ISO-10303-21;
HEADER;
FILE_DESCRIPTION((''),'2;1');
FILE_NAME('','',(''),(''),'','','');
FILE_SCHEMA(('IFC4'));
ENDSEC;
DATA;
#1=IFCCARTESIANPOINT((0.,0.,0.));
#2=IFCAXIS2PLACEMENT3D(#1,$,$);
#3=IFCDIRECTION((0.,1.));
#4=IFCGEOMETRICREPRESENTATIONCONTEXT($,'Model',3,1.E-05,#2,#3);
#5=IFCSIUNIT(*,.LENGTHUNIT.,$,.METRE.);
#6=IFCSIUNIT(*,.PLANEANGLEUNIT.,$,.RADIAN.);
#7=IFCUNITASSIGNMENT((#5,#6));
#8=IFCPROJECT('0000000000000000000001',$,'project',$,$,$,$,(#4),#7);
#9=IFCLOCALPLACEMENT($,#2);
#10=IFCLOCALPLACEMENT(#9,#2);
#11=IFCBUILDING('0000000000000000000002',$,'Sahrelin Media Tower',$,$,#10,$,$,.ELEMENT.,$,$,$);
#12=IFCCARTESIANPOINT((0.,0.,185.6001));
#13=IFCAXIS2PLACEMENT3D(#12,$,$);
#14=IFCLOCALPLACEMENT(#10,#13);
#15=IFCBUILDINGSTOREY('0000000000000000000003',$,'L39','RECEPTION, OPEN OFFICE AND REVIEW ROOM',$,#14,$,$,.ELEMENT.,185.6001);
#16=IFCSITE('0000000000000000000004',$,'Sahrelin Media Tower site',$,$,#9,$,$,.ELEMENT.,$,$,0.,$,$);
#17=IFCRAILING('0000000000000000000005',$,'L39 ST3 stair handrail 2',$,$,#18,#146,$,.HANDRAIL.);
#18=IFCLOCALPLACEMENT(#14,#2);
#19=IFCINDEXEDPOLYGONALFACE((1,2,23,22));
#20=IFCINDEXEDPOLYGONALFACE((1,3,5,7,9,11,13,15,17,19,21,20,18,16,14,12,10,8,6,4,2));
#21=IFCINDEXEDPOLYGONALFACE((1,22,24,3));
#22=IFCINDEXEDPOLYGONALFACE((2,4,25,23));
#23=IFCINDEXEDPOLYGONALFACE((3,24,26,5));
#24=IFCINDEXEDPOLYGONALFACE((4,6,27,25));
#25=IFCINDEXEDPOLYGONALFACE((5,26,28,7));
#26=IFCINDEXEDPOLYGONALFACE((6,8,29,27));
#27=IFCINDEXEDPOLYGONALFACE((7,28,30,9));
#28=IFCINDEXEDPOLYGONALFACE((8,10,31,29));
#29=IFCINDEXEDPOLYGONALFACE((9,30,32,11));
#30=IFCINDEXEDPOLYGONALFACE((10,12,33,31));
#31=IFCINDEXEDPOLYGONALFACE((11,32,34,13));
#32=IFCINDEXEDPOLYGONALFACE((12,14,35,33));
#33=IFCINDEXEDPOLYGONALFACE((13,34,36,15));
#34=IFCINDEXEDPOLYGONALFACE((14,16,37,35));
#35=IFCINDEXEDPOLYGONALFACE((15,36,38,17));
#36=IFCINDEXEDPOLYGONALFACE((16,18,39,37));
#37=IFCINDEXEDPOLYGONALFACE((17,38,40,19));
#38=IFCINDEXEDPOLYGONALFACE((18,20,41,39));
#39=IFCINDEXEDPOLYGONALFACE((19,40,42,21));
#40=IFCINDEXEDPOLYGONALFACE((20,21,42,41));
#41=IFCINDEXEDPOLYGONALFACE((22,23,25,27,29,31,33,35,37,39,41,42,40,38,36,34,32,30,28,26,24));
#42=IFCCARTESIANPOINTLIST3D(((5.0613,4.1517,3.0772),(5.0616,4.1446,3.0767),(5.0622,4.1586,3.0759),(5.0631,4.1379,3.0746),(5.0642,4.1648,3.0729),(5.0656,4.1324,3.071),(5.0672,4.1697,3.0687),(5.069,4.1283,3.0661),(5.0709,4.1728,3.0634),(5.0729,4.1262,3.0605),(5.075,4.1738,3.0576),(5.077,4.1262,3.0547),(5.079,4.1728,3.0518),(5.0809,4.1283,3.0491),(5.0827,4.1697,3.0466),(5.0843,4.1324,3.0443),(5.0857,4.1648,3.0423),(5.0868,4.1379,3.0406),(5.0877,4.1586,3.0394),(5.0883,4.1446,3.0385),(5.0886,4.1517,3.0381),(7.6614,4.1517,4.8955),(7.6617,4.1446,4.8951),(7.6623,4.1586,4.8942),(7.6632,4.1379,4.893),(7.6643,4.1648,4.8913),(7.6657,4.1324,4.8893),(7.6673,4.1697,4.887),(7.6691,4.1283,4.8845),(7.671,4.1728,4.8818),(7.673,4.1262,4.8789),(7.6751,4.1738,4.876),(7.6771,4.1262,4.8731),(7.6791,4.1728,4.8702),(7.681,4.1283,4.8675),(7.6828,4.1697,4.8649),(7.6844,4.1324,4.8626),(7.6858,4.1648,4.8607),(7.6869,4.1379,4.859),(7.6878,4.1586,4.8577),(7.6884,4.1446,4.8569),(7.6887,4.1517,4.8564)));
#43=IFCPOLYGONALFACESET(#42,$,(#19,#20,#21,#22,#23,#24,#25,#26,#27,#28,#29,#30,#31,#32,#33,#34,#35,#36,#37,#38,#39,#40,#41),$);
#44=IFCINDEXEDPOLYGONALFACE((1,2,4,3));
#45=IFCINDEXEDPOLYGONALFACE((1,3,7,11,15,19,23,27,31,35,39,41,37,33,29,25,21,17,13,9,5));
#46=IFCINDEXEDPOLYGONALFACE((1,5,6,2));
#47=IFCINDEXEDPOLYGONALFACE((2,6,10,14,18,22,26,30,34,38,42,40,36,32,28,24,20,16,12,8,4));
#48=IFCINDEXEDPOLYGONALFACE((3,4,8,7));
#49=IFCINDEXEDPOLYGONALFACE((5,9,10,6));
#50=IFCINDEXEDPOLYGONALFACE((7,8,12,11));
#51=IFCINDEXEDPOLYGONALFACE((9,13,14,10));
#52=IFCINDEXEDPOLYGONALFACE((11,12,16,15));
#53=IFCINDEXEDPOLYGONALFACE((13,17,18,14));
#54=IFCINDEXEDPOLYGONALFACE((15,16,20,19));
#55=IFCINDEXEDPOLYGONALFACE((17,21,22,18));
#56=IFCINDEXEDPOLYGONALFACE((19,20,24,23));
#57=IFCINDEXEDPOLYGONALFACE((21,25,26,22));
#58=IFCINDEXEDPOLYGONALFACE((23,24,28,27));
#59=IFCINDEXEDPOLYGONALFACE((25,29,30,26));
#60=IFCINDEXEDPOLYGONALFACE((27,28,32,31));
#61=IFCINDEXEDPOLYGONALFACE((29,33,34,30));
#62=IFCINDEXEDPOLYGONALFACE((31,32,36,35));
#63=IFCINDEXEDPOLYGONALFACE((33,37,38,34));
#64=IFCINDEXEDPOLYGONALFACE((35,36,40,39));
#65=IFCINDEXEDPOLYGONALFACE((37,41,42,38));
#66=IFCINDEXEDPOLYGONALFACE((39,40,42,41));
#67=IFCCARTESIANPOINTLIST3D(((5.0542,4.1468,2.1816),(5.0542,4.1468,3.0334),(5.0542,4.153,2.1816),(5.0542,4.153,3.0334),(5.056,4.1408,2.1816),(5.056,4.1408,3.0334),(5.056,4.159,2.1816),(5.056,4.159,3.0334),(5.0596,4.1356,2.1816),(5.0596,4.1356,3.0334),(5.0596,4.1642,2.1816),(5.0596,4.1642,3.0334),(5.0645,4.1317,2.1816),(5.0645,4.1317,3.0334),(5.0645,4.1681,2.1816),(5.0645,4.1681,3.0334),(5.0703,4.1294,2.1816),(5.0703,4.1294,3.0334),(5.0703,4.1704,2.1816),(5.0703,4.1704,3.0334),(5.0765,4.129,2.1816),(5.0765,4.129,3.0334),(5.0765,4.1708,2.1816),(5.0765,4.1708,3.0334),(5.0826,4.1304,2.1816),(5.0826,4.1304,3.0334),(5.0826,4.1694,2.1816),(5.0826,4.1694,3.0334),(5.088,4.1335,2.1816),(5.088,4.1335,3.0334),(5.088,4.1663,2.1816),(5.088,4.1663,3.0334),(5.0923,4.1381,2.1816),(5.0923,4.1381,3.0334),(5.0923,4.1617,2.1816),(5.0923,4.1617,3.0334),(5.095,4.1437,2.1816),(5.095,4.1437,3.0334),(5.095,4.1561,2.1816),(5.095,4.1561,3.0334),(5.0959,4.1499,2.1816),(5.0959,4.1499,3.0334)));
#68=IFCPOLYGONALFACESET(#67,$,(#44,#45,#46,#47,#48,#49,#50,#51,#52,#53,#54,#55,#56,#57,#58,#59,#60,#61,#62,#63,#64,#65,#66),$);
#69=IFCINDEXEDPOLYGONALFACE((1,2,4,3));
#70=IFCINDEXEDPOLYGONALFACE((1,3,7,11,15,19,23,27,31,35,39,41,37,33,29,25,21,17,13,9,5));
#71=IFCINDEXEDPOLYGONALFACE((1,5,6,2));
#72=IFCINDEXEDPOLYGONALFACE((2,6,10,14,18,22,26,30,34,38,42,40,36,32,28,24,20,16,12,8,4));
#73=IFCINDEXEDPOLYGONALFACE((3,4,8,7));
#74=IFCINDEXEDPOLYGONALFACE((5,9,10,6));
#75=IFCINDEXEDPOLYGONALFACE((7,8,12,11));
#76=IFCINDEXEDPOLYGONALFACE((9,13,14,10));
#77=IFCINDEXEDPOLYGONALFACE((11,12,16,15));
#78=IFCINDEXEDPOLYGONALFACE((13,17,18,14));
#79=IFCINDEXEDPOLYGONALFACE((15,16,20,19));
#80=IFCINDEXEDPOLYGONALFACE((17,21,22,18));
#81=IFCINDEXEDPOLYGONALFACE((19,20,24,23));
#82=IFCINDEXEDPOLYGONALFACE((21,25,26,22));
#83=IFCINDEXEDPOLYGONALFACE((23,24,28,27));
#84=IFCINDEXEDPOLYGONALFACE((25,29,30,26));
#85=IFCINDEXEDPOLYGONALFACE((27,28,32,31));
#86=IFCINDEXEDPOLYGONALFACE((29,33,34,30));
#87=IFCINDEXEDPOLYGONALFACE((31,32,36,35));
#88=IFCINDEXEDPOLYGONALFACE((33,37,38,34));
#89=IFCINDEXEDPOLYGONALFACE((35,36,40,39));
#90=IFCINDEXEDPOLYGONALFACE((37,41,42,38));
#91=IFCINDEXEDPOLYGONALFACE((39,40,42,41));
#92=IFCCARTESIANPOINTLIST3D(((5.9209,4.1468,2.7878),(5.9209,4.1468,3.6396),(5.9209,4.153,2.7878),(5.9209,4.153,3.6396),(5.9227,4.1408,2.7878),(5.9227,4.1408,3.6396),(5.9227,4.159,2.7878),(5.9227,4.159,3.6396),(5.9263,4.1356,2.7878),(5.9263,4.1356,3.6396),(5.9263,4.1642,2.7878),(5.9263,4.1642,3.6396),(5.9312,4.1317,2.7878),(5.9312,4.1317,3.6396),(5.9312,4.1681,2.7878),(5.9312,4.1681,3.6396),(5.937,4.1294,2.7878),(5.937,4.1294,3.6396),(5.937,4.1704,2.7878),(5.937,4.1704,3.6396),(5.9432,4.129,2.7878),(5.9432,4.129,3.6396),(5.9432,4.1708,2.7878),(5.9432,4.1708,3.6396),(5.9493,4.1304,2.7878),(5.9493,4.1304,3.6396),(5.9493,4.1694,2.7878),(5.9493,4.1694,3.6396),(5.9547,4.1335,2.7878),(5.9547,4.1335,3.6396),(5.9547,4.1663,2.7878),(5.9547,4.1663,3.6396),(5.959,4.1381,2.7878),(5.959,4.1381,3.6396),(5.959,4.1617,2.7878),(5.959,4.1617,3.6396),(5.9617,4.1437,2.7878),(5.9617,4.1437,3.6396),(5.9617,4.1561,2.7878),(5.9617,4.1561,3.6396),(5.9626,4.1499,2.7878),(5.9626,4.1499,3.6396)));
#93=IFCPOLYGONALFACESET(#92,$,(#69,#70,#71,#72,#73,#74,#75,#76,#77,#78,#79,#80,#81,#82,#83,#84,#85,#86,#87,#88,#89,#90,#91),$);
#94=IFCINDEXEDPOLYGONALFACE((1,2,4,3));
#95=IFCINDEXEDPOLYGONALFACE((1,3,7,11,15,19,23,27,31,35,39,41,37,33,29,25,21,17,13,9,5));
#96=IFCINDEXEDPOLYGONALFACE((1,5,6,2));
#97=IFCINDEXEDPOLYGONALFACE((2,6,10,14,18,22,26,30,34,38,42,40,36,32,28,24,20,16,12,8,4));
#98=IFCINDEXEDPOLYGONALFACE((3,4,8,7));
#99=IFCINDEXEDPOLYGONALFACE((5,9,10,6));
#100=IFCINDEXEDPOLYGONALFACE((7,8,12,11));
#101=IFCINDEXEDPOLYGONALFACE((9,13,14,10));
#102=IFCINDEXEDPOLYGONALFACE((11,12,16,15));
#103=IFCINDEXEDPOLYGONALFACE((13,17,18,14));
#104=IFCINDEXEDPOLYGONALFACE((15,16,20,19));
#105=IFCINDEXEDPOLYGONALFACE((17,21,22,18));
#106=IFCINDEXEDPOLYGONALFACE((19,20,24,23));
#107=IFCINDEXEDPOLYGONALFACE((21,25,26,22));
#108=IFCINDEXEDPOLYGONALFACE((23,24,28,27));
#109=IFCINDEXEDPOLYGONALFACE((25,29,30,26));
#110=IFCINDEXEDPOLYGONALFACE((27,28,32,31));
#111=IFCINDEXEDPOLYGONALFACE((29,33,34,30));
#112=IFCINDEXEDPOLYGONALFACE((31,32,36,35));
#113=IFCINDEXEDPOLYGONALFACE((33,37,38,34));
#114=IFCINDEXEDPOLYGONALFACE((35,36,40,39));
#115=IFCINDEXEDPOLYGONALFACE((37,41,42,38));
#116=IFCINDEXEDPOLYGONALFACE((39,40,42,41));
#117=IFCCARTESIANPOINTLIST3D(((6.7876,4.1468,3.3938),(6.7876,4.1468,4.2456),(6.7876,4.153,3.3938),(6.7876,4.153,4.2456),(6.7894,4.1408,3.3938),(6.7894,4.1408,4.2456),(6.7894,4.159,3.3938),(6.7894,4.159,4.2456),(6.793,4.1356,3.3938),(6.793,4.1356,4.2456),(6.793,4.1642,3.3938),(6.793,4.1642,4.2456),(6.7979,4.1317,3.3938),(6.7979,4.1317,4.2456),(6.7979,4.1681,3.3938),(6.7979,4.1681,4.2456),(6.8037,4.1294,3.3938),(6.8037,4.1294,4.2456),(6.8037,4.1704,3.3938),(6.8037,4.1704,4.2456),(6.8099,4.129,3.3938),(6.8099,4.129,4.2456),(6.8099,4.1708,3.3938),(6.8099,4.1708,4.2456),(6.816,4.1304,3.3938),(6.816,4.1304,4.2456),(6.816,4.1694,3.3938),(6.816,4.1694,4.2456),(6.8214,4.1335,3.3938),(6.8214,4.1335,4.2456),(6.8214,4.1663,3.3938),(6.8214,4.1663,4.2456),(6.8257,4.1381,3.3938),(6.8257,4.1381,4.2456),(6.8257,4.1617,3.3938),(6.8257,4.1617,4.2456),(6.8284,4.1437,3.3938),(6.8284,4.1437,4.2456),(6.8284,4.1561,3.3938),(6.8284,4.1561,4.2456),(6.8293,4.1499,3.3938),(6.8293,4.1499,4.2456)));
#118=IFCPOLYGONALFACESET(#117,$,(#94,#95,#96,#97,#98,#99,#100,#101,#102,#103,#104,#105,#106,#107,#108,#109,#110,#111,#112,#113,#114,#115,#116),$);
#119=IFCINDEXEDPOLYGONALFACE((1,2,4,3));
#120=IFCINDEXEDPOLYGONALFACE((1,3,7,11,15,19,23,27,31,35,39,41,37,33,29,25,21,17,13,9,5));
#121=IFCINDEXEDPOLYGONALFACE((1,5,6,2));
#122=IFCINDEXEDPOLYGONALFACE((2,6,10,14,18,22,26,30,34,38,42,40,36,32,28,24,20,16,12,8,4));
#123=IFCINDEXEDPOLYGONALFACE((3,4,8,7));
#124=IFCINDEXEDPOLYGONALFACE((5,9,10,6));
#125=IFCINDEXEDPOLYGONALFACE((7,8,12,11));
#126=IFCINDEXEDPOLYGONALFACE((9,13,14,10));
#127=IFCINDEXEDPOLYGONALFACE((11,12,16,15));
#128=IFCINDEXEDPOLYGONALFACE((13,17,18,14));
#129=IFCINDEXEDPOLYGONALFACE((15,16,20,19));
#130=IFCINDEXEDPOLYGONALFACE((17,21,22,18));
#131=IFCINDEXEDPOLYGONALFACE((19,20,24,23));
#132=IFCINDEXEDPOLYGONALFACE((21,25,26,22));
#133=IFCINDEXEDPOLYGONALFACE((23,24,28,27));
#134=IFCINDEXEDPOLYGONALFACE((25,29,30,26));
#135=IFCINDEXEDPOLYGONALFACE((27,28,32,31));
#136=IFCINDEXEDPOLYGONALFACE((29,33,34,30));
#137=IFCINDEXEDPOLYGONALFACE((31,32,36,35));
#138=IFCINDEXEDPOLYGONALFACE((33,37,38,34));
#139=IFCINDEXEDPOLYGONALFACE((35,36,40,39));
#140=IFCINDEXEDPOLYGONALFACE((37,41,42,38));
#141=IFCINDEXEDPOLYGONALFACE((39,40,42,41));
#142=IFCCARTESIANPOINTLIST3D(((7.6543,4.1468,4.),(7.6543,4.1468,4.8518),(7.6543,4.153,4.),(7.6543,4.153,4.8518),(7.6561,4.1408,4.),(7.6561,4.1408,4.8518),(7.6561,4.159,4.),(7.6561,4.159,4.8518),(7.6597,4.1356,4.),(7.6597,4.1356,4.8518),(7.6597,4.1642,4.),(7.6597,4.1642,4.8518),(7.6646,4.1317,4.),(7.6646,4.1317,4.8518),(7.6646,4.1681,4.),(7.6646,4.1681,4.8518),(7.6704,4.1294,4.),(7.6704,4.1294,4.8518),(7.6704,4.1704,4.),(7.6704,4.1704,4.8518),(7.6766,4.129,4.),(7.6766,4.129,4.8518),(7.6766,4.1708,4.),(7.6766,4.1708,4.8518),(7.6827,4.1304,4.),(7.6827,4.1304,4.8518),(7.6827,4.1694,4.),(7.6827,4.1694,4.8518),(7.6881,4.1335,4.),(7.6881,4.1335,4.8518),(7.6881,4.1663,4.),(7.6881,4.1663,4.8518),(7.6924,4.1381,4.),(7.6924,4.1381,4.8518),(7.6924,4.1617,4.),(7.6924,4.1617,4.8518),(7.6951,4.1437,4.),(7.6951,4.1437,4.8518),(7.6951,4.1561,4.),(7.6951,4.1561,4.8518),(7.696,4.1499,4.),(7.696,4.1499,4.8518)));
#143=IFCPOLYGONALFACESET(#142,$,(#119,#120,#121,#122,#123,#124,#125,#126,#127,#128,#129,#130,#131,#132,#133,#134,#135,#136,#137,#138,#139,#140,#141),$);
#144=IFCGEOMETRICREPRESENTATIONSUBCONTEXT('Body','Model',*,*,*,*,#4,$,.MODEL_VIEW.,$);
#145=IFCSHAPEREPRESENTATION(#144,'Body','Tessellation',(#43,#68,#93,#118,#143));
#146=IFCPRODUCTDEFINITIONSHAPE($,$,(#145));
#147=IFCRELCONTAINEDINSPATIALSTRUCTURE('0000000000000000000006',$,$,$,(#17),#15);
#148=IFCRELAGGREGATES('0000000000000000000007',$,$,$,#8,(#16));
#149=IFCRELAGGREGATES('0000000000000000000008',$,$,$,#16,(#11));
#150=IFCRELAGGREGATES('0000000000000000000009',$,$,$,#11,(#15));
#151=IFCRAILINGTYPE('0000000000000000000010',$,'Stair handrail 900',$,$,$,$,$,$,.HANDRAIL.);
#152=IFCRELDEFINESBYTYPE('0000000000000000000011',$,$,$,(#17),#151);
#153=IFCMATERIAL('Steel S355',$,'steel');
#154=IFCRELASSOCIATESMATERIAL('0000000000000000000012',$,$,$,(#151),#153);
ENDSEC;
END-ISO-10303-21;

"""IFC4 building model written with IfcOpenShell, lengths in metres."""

from ifc_helpers import new_model, si_unit, direction, frame, origin, origin_2d, place, context, subcontext, project, spatial, circle, extrude, material, type_object, element, save


model = new_model("IFC4")

# Units and contexts
model_context = context("Model", 3, precision=1e-05, world=origin(), true_north=direction((0.0, 1.0)))
body_context = subcontext(model_context, "Body", "Model", "MODEL_VIEW")
ifc_project = project(units=[si_unit("LENGTHUNIT", "METRE"), si_unit("PLANEANGLEUNIT", "RADIAN")], contexts=[model_context])

# Site, building, storey
site_placement = place(None, origin())
site = spatial("IfcSite", under=ifc_project, at=site_placement, Name="Sahrelin Media Tower site", CompositionType="ELEMENT", RefElevation=0.0)
building_placement = place(site_placement, origin())
building = spatial("IfcBuilding", under=site, at=building_placement, Name="Sahrelin Media Tower", CompositionType="ELEMENT")
storey_placement = place(building_placement, frame((0.0, 0.0, 185.6001)))
storey = spatial("IfcBuildingStorey", under=building, at=storey_placement, Name="L39", Description="RECEPTION, OPEN OFFICE AND REVIEW ROOM", CompositionType="ELEMENT", Elevation=185.6001)

# Shared definitions
ifc_material_1 = material(Name="Steel S355", Category="steel")

# Railing
railing_type_1 = type_object("IfcRailingType", Name="Stair handrail 900", PredefinedType="HANDRAIL", material=ifc_material_1)
railing_1_placement = place(storey_placement, frame((5.075, 4.1499, 2.1816)))
element("IfcRailing", 1, at=railing_1_placement, inside=storey, type_object=railing_type_1, Name="L39 ST3 stair handrail 2", PredefinedType="HANDRAIL", context=body_context, shape_type="SweptSolid", body=[
    extrude(circle(Radius=0.0239, at=origin_2d()), frame((0.0, 0.0, 0.876), z_axis=(0.819485, 0.0, 0.573101), x_axis=(0.0, 1.0, 0.0)), (0.0, 0.0, 1.0), 3.1729),
    extrude(circle(Radius=0.021, at=origin_2d()), origin(), (0.0, 0.0, 1.0), 0.8518),
    extrude(circle(Radius=0.021, at=origin_2d()), frame((0.8667, 0.0, 0.6062)), (0.0, 0.0, 1.0), 0.8518),
    extrude(circle(Radius=0.021, at=origin_2d()), frame((1.7334, 0.0, 1.2122)), (0.0, 0.0, 1.0), 0.8518),
    extrude(circle(Radius=0.021, at=origin_2d()), frame((2.6001, 0.0, 1.8184)), (0.0, 0.0, 1.0), 0.8518),
])

save(model, "model.ifc")
